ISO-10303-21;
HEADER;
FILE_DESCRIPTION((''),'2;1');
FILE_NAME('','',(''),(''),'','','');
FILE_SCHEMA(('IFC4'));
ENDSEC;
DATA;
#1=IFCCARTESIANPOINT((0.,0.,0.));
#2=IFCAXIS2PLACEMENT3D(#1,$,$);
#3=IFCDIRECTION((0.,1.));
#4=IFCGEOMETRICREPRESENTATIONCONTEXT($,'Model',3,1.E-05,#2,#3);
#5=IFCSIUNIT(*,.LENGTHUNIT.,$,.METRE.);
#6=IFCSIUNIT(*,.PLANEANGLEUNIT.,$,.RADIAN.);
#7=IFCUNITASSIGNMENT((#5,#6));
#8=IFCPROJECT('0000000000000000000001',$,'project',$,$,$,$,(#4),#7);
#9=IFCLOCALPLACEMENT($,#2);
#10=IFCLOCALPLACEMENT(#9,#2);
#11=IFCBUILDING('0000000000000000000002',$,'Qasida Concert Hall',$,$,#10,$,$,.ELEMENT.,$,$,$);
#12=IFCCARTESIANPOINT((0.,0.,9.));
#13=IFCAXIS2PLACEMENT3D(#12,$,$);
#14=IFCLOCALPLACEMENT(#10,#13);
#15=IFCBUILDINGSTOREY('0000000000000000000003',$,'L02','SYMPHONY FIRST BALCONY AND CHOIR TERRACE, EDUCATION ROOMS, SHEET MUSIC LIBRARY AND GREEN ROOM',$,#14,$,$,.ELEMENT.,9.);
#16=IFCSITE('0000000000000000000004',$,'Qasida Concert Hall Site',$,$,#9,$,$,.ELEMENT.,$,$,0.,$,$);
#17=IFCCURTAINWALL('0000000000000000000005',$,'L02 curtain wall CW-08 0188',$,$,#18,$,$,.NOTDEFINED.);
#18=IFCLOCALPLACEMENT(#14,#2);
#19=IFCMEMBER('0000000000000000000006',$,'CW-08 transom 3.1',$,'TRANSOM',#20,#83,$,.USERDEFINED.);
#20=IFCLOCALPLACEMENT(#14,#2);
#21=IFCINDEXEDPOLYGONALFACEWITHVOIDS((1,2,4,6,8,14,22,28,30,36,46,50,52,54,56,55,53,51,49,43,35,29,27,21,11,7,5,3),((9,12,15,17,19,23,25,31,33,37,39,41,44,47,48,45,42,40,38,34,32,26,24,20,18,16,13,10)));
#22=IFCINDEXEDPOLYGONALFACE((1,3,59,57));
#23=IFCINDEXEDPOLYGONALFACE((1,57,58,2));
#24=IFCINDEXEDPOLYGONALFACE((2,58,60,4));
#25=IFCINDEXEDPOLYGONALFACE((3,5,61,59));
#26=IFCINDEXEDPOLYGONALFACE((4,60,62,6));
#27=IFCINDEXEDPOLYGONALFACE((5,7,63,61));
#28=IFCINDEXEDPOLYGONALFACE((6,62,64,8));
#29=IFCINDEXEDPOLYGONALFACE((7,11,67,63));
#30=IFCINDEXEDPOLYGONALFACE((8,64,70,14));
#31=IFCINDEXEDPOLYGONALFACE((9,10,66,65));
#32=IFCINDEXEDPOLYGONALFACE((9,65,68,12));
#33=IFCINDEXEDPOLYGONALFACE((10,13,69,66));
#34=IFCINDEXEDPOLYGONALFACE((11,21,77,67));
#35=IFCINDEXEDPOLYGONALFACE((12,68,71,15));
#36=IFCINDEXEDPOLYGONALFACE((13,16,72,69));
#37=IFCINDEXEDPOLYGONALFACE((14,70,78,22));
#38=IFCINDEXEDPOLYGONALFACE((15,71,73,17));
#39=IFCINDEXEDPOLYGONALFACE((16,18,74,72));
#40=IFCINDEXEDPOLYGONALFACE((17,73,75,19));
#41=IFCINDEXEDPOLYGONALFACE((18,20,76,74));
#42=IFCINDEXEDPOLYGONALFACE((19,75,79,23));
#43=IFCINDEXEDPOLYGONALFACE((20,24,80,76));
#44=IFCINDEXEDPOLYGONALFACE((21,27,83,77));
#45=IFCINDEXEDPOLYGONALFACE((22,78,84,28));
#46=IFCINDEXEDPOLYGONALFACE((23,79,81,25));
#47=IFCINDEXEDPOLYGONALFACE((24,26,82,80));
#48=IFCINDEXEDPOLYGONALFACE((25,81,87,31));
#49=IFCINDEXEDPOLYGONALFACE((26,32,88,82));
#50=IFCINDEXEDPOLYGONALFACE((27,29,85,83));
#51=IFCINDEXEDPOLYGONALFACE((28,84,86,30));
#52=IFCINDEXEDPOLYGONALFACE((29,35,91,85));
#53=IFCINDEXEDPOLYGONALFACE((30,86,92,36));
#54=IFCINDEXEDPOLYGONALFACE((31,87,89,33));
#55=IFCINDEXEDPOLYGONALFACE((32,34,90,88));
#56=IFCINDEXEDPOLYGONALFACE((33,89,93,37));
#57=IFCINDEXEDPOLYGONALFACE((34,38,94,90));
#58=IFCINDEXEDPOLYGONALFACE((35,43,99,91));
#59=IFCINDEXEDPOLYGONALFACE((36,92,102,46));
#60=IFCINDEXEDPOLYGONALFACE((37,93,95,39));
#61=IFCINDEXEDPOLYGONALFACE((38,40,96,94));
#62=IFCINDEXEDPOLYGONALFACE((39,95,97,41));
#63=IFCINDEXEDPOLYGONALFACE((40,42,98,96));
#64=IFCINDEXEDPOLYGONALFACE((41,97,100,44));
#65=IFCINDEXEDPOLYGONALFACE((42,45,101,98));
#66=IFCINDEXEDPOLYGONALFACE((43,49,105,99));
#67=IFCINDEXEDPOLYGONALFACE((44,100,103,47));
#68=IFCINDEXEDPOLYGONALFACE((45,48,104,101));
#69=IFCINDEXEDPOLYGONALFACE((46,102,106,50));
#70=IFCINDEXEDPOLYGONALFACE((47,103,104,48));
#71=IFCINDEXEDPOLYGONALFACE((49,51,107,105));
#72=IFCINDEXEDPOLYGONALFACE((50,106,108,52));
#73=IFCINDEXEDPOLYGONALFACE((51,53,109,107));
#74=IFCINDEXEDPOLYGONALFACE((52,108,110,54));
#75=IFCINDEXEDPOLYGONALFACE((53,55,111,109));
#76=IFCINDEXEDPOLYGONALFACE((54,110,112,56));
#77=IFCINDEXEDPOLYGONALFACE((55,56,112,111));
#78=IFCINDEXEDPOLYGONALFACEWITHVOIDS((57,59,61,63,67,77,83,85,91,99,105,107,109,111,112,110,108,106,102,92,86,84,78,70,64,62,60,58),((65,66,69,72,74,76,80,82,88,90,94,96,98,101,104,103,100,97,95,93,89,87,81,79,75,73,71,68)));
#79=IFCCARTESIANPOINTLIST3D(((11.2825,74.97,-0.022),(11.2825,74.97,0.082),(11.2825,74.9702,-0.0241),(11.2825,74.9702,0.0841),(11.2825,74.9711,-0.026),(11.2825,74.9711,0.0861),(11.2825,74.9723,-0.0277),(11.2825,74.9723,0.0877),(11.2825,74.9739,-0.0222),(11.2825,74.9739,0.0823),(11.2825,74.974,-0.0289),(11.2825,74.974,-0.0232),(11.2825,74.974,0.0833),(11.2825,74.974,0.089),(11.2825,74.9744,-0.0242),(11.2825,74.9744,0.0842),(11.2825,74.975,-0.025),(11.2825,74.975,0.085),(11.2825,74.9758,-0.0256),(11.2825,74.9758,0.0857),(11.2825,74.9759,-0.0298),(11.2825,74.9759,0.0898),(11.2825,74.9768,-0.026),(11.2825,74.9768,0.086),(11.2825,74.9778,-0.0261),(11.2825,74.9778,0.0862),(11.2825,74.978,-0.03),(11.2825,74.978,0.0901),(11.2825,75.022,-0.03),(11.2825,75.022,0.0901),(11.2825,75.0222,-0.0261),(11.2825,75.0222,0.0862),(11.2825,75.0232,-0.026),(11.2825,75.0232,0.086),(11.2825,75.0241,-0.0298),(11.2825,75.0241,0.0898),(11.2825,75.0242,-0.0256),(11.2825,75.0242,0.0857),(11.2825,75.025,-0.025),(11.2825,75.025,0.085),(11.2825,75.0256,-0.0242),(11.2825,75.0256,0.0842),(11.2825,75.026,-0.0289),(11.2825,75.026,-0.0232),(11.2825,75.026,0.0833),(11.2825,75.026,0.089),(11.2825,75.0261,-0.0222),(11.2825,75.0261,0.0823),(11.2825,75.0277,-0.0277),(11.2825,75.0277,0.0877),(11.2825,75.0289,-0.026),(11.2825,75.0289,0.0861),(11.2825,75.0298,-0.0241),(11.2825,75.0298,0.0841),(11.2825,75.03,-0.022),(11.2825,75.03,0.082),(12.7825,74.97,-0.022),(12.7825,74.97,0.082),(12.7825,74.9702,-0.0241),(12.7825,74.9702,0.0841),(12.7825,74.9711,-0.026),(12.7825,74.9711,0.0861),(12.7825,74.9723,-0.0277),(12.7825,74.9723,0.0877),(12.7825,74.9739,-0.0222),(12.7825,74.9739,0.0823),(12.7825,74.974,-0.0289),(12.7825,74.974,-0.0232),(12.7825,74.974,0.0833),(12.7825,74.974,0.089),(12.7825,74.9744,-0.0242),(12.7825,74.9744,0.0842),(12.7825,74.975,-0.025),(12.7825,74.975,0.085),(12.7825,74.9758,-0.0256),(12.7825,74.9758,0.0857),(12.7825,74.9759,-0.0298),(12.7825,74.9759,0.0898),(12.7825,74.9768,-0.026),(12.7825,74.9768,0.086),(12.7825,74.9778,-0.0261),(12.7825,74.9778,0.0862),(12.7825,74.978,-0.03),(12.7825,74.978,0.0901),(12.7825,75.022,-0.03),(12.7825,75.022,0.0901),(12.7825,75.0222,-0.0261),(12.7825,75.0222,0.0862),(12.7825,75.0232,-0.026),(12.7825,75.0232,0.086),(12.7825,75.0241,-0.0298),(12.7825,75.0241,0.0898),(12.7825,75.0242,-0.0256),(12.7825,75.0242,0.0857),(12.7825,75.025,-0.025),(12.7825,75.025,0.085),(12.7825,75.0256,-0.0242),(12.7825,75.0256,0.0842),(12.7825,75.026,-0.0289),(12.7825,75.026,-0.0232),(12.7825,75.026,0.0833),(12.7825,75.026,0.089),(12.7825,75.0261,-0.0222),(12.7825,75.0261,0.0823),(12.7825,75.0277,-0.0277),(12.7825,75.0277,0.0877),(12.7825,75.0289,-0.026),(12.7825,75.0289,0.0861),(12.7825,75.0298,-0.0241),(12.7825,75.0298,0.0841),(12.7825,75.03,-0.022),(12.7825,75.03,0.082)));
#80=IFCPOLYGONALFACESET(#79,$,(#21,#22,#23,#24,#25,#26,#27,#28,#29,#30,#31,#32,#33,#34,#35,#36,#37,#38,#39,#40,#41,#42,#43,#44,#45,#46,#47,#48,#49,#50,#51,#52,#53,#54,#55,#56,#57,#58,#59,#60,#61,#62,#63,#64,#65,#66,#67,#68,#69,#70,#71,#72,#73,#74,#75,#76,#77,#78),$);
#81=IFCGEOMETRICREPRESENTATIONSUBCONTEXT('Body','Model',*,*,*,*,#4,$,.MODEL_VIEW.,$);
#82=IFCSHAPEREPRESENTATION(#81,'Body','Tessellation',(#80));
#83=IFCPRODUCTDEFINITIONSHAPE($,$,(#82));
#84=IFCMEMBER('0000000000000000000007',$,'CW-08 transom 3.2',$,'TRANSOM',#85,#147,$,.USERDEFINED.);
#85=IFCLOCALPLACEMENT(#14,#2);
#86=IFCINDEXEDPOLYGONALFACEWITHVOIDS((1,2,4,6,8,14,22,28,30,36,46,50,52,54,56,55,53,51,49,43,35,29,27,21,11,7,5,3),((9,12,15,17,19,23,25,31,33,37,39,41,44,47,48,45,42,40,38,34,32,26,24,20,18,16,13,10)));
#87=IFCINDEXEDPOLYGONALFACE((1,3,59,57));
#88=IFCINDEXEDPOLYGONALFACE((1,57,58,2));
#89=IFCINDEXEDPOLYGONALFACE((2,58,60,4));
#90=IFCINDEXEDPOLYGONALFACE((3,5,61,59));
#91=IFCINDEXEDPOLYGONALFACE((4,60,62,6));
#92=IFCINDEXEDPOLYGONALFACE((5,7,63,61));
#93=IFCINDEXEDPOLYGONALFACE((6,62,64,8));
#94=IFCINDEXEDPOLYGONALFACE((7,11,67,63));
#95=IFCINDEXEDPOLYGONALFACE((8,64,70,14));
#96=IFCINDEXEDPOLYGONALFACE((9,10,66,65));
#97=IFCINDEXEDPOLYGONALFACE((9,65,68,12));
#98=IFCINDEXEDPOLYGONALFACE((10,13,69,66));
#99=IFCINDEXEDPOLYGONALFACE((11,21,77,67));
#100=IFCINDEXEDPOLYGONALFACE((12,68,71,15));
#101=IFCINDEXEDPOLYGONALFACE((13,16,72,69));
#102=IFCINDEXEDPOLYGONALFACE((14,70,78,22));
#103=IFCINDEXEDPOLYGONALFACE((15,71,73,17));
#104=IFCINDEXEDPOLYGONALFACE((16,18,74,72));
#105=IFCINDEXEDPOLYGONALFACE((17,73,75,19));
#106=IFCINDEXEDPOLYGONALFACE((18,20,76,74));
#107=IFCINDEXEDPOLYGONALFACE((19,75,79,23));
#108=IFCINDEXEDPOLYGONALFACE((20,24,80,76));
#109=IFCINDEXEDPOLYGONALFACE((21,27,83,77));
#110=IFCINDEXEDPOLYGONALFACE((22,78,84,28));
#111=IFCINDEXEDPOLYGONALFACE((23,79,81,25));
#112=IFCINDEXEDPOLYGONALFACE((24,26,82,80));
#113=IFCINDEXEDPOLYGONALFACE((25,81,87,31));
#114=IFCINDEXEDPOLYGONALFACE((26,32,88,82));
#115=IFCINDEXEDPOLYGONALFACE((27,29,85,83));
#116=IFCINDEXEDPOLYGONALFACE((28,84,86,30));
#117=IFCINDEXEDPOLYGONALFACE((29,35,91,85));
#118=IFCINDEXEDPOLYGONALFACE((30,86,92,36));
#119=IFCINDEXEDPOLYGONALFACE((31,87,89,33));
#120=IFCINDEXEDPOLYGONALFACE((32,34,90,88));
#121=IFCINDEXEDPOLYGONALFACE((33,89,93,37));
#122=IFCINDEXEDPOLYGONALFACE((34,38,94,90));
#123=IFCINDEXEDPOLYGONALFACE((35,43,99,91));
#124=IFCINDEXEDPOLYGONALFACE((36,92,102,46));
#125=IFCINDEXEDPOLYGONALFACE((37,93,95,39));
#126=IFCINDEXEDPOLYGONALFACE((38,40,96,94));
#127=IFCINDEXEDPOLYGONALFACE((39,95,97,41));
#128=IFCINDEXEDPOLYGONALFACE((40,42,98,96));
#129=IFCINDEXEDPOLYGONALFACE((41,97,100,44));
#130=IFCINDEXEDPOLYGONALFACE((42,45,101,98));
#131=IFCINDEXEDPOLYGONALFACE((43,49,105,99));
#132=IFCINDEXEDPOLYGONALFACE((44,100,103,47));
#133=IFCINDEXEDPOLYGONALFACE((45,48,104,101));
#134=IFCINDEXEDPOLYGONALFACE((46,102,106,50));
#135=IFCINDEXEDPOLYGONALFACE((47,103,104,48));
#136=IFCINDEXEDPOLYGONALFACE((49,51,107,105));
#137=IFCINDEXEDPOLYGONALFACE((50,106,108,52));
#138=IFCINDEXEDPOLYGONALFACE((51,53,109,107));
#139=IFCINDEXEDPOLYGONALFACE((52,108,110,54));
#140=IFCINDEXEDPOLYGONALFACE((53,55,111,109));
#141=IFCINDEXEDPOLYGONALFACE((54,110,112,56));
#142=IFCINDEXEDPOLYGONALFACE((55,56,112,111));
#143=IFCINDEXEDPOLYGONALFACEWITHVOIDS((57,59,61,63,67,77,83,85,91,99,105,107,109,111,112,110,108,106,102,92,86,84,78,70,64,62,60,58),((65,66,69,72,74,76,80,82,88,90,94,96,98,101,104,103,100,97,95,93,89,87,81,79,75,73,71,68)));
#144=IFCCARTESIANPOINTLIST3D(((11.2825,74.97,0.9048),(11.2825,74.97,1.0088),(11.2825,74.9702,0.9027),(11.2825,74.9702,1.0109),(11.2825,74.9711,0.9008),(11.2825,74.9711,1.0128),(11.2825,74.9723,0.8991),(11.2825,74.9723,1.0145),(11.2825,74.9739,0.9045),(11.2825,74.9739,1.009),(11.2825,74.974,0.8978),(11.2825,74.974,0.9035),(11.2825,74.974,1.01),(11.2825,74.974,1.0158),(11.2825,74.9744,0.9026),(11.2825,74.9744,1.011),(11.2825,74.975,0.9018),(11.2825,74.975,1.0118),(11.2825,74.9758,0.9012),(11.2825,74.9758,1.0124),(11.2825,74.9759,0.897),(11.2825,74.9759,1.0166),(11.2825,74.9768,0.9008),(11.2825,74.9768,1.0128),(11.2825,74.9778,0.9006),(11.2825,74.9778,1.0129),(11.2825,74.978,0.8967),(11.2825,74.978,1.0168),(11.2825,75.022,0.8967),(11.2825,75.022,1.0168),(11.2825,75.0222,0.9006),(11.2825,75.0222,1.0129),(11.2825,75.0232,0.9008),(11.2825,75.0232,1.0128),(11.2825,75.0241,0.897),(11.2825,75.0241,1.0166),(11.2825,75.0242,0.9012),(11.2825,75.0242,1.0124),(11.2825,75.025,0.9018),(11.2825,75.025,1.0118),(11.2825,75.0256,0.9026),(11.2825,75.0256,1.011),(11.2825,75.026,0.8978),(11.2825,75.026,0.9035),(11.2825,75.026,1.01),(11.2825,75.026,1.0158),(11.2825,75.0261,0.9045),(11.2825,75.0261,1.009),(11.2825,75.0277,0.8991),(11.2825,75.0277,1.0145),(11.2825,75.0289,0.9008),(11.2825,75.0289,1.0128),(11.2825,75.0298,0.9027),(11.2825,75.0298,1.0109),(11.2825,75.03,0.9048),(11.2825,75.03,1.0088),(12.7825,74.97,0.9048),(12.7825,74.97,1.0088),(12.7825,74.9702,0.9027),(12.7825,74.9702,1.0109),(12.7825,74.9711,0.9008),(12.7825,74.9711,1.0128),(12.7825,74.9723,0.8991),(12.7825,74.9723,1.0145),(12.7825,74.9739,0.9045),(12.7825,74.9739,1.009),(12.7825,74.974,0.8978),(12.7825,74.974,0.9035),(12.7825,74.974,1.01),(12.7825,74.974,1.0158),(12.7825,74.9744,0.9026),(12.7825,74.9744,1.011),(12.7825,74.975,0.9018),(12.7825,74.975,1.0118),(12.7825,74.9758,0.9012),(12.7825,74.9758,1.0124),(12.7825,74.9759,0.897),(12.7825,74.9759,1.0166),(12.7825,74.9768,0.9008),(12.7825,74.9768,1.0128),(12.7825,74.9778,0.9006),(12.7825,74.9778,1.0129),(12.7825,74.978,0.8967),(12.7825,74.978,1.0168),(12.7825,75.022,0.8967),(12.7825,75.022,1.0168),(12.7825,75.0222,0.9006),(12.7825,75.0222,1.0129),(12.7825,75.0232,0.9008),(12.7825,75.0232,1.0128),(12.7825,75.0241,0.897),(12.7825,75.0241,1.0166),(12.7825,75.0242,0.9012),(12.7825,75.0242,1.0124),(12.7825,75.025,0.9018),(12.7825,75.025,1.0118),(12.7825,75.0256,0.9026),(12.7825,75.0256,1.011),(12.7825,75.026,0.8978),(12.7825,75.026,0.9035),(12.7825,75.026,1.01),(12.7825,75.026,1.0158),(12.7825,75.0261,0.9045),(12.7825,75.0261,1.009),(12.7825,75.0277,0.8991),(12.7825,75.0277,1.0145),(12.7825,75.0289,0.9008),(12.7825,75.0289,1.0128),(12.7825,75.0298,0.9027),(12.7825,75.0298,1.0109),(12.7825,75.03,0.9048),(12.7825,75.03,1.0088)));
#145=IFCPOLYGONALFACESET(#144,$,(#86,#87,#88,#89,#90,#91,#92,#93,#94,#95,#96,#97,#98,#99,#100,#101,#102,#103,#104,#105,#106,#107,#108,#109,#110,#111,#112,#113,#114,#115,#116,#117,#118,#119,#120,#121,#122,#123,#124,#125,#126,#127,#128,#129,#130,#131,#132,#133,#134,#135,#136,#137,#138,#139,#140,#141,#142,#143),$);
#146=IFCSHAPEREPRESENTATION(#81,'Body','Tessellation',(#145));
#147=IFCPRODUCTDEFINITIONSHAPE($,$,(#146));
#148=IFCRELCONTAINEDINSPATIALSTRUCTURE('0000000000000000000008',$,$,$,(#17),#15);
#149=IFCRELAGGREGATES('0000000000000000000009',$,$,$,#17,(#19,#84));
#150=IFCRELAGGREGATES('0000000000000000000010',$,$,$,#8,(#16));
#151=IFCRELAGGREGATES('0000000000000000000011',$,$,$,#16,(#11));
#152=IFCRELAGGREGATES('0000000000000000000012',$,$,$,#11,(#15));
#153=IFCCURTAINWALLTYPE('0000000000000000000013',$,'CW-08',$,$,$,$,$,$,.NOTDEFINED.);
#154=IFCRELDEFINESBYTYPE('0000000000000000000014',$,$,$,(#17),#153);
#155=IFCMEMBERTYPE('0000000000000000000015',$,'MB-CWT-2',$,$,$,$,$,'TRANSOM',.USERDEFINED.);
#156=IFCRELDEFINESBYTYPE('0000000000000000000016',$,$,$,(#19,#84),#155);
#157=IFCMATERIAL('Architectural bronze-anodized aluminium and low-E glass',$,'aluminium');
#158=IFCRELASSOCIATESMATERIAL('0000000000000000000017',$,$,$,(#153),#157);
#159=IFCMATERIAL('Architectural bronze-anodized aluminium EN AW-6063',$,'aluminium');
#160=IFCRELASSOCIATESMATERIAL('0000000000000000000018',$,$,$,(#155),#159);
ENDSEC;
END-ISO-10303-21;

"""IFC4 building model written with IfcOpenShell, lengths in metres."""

from ifc_helpers import new_model, si_unit, direction, frame, origin, origin_2d, place, context, subcontext, project, spatial, hollow_rectangle, extrude, material, material_profile, profile_set, type_object, element, aggregate, save


model = new_model("IFC4")

# Units and contexts
model_context = context("Model", 3, precision=1e-05, world=origin(), true_north=direction((0.0, 1.0)))
body_context = subcontext(model_context, "Body", "Model", "MODEL_VIEW")
ifc_project = project(units=[si_unit("LENGTHUNIT", "METRE"), si_unit("PLANEANGLEUNIT", "RADIAN")], contexts=[model_context])

# Site, building, storey
site_placement = place(None, origin())
site = spatial("IfcSite", under=ifc_project, at=site_placement, Name="Qasida Concert Hall Site", CompositionType="ELEMENT", RefElevation=0.0)
building_placement = place(site_placement, origin())
building = spatial("IfcBuilding", under=site, at=building_placement, Name="Qasida Concert Hall", CompositionType="ELEMENT")
storey_placement = place(building_placement, frame((0.0, 0.0, 9.0)))
storey = spatial("IfcBuildingStorey", under=building, at=storey_placement, Name="L02", Description="SYMPHONY FIRST BALCONY AND CHOIR TERRACE, EDUCATION ROOMS, SHEET MUSIC LIBRARY AND GREEN ROOM", CompositionType="ELEMENT", Elevation=9.0)

# Curtain wall, members
ifc_material_1 = material(Name="Architectural bronze-anodized aluminium and low-E glass", Category="aluminium")
curtain_wall_type = type_object("IfcCurtainWallType", Name="CW-08", PredefinedType="NOTDEFINED", material=ifc_material_1)
curtain_wall_placement = place(storey_placement, origin())
curtain_wall = element("IfcCurtainWall", 1, at=curtain_wall_placement, inside=storey, type_object=curtain_wall_type, Name="L02 curtain wall CW-08 0188", PredefinedType="NOTDEFINED")
ifc_material_2 = material(Name="Architectural bronze-anodized aluminium EN AW-6063", Category="aluminium")
ifc_material_profile_1 = material_profile(ifc_material_2, hollow_rectangle(XDim=0.0601, YDim=0.1201, WallThickness=0.0039, InnerFilletRadius=0.0039, OuterFilletRadius=0.0081, at=origin_2d()), Name="CWT 120x60x4")
ifc_profile_set_1 = profile_set([ifc_material_profile_1], Name="Architectural bronze-anodized aluminium EN AW-6063")
member_type_1 = type_object("IfcMemberType", Name="MB-CWT-2", ElementType="TRANSOM", PredefinedType="USERDEFINED", material=ifc_profile_set_1)
member_1_placement = place(storey_placement, frame((11.2825, 75.0, 0.03), z_axis=(1.0, 0.0, 0.0), x_axis=(0.0, 1.0, 0.0)))
member_1 = element("IfcMember", 2, at=member_1_placement, type_object=member_type_1, Name="CW-08 transom 3.1", ObjectType="TRANSOM", PredefinedType="USERDEFINED", context=body_context, shape_type="SweptSolid", body=[
    extrude(hollow_rectangle(XDim=0.0601, YDim=0.1201, WallThickness=0.0039, InnerFilletRadius=0.0039, OuterFilletRadius=0.0081, at=origin_2d()), origin(), (0.0, 0.0, 1.0), 1.5),
])
member_2_placement = place(storey_placement, frame((11.2825, 75.0, 0.9568), z_axis=(1.0, 0.0, 0.0), x_axis=(0.0, 1.0, 0.0)))
member_2 = element("IfcMember", 3, at=member_2_placement, type_object=member_type_1, Name="CW-08 transom 3.2", ObjectType="TRANSOM", PredefinedType="USERDEFINED", context=body_context, shape_type="SweptSolid", body=[
    extrude(hollow_rectangle(XDim=0.0601, YDim=0.1201, WallThickness=0.0039, InnerFilletRadius=0.0039, OuterFilletRadius=0.0081, at=origin_2d()), origin(), (0.0, 0.0, 1.0), 1.5),
])
aggregate(curtain_wall, [member_1, member_2])

save(model, "model.ifc")
